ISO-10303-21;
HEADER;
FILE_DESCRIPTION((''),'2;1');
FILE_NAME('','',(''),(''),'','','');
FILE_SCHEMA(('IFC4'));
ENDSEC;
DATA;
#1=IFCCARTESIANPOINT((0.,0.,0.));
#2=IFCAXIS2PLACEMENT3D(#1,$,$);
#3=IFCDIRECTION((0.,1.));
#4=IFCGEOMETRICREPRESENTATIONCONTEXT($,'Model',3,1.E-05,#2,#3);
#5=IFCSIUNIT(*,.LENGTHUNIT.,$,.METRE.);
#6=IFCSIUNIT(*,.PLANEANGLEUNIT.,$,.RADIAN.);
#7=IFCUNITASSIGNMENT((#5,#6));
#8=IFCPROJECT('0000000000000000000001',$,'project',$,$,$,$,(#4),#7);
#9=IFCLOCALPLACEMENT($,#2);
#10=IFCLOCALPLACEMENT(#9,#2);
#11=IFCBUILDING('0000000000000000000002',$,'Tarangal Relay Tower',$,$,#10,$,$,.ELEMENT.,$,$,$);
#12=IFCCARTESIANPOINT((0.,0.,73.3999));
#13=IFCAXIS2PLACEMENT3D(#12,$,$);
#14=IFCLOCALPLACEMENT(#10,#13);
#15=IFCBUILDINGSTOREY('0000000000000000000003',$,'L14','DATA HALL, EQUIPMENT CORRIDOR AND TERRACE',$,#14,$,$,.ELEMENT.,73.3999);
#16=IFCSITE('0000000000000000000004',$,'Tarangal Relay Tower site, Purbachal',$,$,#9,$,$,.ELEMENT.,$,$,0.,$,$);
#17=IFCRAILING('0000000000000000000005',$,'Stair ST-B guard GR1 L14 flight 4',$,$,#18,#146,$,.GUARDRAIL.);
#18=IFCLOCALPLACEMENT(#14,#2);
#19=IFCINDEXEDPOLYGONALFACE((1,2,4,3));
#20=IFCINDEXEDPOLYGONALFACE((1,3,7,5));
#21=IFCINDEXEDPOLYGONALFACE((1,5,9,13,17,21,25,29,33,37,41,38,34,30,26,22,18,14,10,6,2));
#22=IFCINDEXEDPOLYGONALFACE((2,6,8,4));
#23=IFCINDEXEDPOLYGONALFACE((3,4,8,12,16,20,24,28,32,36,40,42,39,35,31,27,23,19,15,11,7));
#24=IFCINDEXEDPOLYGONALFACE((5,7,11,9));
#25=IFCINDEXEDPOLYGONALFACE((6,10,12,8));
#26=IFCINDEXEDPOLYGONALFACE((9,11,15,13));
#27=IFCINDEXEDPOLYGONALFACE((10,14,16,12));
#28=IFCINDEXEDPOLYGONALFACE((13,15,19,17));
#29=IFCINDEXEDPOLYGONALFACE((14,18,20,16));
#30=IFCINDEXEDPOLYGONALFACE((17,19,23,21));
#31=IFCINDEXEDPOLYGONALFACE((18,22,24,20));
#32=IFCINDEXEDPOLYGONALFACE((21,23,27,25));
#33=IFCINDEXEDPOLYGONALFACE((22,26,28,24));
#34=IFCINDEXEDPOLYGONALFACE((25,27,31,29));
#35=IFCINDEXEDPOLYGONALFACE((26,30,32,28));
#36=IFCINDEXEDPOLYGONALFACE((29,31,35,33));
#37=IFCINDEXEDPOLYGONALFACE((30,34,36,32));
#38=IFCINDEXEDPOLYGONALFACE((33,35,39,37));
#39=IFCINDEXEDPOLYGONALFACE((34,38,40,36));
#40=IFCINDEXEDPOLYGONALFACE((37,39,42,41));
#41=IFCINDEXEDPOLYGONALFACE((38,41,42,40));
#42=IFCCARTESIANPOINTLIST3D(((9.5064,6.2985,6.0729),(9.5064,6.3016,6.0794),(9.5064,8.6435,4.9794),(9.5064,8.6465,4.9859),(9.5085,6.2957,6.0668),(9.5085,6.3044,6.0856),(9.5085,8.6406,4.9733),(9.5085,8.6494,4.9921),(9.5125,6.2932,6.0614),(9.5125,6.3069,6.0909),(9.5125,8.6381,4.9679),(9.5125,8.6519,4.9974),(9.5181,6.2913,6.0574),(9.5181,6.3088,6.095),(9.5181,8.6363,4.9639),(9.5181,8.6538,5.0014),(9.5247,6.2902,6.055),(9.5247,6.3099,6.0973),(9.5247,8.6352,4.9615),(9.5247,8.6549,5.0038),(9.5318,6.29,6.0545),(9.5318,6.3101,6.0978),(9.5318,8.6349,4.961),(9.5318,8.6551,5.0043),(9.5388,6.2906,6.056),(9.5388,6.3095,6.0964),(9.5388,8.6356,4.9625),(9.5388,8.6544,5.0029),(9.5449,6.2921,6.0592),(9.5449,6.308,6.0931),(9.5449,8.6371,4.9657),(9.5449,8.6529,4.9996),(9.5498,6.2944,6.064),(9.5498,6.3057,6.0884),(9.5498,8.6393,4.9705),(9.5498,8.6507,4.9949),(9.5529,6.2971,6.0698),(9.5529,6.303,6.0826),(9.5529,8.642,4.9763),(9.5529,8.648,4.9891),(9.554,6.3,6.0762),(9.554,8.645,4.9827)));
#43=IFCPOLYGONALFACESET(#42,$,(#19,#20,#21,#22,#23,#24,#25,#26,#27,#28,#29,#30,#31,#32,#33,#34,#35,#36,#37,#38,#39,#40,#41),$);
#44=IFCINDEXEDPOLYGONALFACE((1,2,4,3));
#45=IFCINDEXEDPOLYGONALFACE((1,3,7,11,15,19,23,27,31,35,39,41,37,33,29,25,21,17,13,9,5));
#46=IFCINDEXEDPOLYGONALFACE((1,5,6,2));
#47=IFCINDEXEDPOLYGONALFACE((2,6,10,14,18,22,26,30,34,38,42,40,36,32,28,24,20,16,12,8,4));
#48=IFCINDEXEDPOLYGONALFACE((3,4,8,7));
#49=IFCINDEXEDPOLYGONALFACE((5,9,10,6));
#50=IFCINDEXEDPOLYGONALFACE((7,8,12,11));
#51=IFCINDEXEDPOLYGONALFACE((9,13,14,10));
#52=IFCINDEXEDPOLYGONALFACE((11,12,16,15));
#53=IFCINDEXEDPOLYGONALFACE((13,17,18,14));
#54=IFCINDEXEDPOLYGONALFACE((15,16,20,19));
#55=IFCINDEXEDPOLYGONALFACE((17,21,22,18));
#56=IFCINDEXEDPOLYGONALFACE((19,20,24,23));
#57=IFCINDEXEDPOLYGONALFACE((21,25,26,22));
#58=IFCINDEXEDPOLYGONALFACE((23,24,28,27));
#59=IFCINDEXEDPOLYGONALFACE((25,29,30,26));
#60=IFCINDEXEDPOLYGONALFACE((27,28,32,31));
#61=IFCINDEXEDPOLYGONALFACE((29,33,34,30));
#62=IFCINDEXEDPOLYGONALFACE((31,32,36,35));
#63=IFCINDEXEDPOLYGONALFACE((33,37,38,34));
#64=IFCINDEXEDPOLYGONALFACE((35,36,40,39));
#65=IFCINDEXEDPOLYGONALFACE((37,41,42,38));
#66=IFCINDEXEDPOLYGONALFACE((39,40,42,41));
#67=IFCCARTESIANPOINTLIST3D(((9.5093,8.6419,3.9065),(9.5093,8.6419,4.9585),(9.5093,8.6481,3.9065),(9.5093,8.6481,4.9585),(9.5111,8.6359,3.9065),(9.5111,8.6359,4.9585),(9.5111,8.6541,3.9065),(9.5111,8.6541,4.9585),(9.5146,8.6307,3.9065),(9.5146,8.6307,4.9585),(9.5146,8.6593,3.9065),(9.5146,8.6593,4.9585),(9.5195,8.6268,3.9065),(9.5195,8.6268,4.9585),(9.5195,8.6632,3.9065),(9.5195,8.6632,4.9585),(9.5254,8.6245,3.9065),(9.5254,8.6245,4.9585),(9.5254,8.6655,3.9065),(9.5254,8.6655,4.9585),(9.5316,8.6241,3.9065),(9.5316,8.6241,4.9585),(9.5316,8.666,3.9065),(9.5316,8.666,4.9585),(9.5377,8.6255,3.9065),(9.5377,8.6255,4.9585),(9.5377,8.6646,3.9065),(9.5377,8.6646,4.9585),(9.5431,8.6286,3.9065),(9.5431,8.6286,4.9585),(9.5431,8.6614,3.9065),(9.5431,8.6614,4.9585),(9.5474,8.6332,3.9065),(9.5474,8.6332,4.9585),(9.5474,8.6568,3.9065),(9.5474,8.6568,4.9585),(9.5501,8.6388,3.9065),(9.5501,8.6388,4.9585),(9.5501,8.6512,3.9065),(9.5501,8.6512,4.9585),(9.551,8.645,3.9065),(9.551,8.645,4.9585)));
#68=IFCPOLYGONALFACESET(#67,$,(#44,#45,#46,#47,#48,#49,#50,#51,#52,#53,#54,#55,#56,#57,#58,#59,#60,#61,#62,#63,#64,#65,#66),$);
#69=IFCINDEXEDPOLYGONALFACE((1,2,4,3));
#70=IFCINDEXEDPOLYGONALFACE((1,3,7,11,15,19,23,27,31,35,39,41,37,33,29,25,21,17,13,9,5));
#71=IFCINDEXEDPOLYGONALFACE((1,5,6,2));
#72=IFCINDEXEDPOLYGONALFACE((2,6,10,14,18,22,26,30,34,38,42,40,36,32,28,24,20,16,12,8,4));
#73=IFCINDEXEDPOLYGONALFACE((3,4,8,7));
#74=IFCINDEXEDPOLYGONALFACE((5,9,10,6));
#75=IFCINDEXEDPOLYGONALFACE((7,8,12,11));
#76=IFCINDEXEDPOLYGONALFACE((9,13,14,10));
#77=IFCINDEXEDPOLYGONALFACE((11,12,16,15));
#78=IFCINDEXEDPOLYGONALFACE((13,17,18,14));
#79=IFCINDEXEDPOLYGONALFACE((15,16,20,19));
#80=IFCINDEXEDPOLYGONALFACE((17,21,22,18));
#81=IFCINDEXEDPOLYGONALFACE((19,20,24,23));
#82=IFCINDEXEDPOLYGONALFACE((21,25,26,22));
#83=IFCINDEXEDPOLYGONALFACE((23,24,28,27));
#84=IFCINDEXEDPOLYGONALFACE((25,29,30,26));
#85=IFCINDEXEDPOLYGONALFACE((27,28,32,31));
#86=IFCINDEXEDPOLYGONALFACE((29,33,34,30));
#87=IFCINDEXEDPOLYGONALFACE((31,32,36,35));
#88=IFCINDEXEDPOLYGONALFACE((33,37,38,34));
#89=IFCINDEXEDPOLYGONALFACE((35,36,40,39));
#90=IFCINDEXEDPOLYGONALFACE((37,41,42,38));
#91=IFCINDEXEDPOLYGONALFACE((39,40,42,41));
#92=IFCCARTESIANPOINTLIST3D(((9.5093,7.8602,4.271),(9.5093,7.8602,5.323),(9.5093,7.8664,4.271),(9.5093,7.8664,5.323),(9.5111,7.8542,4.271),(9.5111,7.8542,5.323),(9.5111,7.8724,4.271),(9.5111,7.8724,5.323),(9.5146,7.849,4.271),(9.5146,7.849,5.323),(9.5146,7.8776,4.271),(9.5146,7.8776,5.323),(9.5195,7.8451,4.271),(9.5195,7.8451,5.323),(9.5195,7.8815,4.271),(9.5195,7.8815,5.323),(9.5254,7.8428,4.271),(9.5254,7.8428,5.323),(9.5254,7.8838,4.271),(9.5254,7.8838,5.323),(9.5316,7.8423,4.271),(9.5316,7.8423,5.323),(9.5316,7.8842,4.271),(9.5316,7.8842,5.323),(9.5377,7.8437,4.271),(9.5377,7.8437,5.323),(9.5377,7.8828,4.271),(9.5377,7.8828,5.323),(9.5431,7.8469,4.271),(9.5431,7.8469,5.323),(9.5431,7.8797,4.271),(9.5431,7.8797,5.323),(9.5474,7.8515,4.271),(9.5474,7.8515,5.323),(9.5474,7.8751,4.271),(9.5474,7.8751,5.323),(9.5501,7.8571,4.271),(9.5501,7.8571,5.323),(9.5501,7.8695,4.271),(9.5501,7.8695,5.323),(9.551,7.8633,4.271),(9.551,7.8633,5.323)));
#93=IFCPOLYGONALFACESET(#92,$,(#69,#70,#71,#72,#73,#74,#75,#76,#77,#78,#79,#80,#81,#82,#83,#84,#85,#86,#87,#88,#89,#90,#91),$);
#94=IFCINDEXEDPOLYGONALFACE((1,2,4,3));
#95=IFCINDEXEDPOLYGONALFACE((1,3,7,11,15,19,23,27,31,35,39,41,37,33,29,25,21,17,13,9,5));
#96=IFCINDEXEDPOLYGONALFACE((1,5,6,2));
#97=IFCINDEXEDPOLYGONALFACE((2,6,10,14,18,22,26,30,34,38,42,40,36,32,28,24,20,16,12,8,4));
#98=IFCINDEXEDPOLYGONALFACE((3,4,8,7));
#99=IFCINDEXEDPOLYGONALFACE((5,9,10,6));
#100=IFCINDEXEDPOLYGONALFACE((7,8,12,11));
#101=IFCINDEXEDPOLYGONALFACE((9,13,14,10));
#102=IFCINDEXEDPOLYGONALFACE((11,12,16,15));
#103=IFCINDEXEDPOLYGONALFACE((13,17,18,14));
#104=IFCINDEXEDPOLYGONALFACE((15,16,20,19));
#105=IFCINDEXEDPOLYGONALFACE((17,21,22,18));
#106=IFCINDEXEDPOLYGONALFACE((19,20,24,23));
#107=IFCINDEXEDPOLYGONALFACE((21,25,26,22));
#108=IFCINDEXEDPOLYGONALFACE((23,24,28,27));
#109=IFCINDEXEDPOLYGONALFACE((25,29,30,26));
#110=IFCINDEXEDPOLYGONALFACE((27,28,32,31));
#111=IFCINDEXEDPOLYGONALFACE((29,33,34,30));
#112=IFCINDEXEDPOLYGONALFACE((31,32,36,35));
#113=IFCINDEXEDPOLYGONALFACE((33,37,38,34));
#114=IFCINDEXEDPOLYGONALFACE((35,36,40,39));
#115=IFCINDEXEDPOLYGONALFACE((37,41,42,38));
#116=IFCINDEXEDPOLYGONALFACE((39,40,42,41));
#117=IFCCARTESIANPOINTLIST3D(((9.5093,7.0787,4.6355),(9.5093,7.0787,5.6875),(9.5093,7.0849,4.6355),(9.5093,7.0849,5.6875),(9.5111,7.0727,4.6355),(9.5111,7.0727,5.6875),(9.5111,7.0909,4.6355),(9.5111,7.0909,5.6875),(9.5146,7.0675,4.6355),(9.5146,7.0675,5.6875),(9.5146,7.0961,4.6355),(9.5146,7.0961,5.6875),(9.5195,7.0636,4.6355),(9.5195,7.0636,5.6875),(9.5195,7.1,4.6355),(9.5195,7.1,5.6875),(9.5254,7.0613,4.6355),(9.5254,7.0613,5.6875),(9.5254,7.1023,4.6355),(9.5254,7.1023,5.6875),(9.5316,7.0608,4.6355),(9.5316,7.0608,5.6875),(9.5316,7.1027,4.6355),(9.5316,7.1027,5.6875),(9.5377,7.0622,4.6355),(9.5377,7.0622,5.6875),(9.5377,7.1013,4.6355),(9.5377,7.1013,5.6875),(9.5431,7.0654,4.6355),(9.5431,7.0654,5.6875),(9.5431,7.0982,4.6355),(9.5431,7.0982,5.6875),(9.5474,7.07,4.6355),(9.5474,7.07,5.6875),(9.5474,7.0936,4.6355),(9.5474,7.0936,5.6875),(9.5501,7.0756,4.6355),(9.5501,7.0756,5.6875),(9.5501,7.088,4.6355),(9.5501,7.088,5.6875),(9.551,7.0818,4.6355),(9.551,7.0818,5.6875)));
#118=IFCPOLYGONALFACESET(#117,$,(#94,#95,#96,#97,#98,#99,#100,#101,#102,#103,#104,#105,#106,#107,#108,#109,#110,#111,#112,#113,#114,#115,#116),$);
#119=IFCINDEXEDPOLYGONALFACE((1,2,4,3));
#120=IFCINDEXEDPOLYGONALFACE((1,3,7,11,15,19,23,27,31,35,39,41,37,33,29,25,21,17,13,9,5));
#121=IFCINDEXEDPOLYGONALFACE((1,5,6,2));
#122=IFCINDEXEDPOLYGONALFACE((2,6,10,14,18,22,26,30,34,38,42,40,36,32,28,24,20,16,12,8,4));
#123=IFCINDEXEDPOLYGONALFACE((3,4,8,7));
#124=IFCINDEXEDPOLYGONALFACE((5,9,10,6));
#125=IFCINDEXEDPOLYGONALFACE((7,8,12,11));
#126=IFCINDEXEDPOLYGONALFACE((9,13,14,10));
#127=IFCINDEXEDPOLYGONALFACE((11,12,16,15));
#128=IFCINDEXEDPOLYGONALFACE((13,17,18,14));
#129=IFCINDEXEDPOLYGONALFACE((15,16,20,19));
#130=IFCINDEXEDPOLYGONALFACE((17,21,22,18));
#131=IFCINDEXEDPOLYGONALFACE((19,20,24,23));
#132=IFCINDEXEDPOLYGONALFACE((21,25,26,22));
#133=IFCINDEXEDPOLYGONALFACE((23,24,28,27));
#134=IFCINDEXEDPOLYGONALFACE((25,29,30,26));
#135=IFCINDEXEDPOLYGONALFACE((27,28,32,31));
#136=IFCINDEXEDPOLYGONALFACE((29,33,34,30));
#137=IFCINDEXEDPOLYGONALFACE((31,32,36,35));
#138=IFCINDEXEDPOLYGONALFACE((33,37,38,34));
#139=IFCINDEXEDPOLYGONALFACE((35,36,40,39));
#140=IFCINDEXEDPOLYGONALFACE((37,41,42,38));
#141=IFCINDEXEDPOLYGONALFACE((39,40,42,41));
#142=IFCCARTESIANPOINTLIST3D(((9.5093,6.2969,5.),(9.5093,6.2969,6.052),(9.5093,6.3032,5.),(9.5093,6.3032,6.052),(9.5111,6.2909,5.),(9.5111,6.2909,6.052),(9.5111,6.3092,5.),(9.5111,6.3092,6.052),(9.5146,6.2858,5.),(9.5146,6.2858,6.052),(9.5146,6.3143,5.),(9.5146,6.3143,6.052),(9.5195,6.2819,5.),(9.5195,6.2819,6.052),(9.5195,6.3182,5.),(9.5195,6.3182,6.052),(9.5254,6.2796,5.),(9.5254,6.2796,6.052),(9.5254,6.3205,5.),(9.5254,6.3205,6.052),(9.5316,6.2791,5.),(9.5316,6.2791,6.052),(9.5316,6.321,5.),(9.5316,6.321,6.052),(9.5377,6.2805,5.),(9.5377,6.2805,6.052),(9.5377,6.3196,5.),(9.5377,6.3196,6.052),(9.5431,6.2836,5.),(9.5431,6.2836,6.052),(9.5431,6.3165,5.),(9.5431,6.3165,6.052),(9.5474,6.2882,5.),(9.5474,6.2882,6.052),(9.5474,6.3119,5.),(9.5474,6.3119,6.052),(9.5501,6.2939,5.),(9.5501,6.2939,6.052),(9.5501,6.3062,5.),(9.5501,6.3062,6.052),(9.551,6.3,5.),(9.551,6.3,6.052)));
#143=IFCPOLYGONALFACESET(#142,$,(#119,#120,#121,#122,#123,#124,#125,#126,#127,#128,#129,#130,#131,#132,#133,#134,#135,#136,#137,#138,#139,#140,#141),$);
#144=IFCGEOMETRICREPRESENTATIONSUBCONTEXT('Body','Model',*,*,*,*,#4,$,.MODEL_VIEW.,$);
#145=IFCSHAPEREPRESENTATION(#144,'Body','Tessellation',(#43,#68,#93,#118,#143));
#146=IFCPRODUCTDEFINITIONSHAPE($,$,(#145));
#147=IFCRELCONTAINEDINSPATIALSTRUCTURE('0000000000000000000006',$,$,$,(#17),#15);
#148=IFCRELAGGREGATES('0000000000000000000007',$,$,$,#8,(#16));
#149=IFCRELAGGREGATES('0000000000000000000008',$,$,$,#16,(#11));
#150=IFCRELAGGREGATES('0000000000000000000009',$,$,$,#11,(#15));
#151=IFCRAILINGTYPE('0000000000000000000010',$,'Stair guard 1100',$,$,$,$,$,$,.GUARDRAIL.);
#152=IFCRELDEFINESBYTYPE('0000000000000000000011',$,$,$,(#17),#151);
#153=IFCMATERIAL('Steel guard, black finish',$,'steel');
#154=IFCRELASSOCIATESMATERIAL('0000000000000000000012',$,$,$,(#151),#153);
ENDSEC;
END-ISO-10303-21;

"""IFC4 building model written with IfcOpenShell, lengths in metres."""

from ifc_helpers import new_model, si_unit, direction, frame, origin, origin_2d, place, context, subcontext, project, spatial, circle, extrude, material, type_object, element, save


model = new_model("IFC4")

# Units and contexts
model_context = context("Model", 3, precision=1e-05, world=origin(), true_north=direction((0.0, 1.0)))
body_context = subcontext(model_context, "Body", "Model", "MODEL_VIEW")
ifc_project = project(units=[si_unit("LENGTHUNIT", "METRE"), si_unit("PLANEANGLEUNIT", "RADIAN")], contexts=[model_context])

# Site, building, storey
site_placement = place(None, origin())
site = spatial("IfcSite", under=ifc_project, at=site_placement, Name="Tarangal Relay Tower site, Purbachal", CompositionType="ELEMENT", RefElevation=0.0)
building_placement = place(site_placement, origin())
building = spatial("IfcBuilding", under=site, at=building_placement, Name="Tarangal Relay Tower", CompositionType="ELEMENT")
storey_placement = place(building_placement, frame((0.0, 0.0, 73.3999)))
storey = spatial("IfcBuildingStorey", under=building, at=storey_placement, Name="L14", Description="DATA HALL, EQUIPMENT CORRIDOR AND TERRACE", CompositionType="ELEMENT", Elevation=73.3999)

# Railing
ifc_material_1 = material(Name="Steel guard, black finish", Category="steel")
railing_type_1 = type_object("IfcRailingType", Name="Stair guard 1100", PredefinedType="GUARDRAIL", material=ifc_material_1)
railing_1_placement = place(storey_placement, frame((9.53, 8.645, 3.9065)))
element("IfcRailing", 1, at=railing_1_placement, inside=storey, type_object=railing_type_1, Name="Stair ST-B guard GR1 L14 flight 4", PredefinedType="GUARDRAIL", context=body_context, shape_type="SweptSolid", body=[
    extrude(circle(Radius=0.0239, at=origin_2d()), frame((0.0, 0.0, 1.0762), z_axis=(0.0, -0.906304, 0.422627), x_axis=(1.0, 0.0, 0.0)), (0.0, 0.0, 1.0), 2.5874),
    extrude(circle(Radius=0.021, at=origin_2d()), origin(), (0.0, 0.0, 1.0), 1.052),
    extrude(circle(Radius=0.021, at=origin_2d()), frame((0.0, -0.7817, 0.3645)), (0.0, 0.0, 1.0), 1.052),
    extrude(circle(Radius=0.021, at=origin_2d()), frame((0.0, -1.5632, 0.729)), (0.0, 0.0, 1.0), 1.052),
    extrude(circle(Radius=0.021, at=origin_2d()), frame((0.0, -2.345, 1.0935)), (0.0, 0.0, 1.0), 1.052),
])

save(model, "model.ifc")
